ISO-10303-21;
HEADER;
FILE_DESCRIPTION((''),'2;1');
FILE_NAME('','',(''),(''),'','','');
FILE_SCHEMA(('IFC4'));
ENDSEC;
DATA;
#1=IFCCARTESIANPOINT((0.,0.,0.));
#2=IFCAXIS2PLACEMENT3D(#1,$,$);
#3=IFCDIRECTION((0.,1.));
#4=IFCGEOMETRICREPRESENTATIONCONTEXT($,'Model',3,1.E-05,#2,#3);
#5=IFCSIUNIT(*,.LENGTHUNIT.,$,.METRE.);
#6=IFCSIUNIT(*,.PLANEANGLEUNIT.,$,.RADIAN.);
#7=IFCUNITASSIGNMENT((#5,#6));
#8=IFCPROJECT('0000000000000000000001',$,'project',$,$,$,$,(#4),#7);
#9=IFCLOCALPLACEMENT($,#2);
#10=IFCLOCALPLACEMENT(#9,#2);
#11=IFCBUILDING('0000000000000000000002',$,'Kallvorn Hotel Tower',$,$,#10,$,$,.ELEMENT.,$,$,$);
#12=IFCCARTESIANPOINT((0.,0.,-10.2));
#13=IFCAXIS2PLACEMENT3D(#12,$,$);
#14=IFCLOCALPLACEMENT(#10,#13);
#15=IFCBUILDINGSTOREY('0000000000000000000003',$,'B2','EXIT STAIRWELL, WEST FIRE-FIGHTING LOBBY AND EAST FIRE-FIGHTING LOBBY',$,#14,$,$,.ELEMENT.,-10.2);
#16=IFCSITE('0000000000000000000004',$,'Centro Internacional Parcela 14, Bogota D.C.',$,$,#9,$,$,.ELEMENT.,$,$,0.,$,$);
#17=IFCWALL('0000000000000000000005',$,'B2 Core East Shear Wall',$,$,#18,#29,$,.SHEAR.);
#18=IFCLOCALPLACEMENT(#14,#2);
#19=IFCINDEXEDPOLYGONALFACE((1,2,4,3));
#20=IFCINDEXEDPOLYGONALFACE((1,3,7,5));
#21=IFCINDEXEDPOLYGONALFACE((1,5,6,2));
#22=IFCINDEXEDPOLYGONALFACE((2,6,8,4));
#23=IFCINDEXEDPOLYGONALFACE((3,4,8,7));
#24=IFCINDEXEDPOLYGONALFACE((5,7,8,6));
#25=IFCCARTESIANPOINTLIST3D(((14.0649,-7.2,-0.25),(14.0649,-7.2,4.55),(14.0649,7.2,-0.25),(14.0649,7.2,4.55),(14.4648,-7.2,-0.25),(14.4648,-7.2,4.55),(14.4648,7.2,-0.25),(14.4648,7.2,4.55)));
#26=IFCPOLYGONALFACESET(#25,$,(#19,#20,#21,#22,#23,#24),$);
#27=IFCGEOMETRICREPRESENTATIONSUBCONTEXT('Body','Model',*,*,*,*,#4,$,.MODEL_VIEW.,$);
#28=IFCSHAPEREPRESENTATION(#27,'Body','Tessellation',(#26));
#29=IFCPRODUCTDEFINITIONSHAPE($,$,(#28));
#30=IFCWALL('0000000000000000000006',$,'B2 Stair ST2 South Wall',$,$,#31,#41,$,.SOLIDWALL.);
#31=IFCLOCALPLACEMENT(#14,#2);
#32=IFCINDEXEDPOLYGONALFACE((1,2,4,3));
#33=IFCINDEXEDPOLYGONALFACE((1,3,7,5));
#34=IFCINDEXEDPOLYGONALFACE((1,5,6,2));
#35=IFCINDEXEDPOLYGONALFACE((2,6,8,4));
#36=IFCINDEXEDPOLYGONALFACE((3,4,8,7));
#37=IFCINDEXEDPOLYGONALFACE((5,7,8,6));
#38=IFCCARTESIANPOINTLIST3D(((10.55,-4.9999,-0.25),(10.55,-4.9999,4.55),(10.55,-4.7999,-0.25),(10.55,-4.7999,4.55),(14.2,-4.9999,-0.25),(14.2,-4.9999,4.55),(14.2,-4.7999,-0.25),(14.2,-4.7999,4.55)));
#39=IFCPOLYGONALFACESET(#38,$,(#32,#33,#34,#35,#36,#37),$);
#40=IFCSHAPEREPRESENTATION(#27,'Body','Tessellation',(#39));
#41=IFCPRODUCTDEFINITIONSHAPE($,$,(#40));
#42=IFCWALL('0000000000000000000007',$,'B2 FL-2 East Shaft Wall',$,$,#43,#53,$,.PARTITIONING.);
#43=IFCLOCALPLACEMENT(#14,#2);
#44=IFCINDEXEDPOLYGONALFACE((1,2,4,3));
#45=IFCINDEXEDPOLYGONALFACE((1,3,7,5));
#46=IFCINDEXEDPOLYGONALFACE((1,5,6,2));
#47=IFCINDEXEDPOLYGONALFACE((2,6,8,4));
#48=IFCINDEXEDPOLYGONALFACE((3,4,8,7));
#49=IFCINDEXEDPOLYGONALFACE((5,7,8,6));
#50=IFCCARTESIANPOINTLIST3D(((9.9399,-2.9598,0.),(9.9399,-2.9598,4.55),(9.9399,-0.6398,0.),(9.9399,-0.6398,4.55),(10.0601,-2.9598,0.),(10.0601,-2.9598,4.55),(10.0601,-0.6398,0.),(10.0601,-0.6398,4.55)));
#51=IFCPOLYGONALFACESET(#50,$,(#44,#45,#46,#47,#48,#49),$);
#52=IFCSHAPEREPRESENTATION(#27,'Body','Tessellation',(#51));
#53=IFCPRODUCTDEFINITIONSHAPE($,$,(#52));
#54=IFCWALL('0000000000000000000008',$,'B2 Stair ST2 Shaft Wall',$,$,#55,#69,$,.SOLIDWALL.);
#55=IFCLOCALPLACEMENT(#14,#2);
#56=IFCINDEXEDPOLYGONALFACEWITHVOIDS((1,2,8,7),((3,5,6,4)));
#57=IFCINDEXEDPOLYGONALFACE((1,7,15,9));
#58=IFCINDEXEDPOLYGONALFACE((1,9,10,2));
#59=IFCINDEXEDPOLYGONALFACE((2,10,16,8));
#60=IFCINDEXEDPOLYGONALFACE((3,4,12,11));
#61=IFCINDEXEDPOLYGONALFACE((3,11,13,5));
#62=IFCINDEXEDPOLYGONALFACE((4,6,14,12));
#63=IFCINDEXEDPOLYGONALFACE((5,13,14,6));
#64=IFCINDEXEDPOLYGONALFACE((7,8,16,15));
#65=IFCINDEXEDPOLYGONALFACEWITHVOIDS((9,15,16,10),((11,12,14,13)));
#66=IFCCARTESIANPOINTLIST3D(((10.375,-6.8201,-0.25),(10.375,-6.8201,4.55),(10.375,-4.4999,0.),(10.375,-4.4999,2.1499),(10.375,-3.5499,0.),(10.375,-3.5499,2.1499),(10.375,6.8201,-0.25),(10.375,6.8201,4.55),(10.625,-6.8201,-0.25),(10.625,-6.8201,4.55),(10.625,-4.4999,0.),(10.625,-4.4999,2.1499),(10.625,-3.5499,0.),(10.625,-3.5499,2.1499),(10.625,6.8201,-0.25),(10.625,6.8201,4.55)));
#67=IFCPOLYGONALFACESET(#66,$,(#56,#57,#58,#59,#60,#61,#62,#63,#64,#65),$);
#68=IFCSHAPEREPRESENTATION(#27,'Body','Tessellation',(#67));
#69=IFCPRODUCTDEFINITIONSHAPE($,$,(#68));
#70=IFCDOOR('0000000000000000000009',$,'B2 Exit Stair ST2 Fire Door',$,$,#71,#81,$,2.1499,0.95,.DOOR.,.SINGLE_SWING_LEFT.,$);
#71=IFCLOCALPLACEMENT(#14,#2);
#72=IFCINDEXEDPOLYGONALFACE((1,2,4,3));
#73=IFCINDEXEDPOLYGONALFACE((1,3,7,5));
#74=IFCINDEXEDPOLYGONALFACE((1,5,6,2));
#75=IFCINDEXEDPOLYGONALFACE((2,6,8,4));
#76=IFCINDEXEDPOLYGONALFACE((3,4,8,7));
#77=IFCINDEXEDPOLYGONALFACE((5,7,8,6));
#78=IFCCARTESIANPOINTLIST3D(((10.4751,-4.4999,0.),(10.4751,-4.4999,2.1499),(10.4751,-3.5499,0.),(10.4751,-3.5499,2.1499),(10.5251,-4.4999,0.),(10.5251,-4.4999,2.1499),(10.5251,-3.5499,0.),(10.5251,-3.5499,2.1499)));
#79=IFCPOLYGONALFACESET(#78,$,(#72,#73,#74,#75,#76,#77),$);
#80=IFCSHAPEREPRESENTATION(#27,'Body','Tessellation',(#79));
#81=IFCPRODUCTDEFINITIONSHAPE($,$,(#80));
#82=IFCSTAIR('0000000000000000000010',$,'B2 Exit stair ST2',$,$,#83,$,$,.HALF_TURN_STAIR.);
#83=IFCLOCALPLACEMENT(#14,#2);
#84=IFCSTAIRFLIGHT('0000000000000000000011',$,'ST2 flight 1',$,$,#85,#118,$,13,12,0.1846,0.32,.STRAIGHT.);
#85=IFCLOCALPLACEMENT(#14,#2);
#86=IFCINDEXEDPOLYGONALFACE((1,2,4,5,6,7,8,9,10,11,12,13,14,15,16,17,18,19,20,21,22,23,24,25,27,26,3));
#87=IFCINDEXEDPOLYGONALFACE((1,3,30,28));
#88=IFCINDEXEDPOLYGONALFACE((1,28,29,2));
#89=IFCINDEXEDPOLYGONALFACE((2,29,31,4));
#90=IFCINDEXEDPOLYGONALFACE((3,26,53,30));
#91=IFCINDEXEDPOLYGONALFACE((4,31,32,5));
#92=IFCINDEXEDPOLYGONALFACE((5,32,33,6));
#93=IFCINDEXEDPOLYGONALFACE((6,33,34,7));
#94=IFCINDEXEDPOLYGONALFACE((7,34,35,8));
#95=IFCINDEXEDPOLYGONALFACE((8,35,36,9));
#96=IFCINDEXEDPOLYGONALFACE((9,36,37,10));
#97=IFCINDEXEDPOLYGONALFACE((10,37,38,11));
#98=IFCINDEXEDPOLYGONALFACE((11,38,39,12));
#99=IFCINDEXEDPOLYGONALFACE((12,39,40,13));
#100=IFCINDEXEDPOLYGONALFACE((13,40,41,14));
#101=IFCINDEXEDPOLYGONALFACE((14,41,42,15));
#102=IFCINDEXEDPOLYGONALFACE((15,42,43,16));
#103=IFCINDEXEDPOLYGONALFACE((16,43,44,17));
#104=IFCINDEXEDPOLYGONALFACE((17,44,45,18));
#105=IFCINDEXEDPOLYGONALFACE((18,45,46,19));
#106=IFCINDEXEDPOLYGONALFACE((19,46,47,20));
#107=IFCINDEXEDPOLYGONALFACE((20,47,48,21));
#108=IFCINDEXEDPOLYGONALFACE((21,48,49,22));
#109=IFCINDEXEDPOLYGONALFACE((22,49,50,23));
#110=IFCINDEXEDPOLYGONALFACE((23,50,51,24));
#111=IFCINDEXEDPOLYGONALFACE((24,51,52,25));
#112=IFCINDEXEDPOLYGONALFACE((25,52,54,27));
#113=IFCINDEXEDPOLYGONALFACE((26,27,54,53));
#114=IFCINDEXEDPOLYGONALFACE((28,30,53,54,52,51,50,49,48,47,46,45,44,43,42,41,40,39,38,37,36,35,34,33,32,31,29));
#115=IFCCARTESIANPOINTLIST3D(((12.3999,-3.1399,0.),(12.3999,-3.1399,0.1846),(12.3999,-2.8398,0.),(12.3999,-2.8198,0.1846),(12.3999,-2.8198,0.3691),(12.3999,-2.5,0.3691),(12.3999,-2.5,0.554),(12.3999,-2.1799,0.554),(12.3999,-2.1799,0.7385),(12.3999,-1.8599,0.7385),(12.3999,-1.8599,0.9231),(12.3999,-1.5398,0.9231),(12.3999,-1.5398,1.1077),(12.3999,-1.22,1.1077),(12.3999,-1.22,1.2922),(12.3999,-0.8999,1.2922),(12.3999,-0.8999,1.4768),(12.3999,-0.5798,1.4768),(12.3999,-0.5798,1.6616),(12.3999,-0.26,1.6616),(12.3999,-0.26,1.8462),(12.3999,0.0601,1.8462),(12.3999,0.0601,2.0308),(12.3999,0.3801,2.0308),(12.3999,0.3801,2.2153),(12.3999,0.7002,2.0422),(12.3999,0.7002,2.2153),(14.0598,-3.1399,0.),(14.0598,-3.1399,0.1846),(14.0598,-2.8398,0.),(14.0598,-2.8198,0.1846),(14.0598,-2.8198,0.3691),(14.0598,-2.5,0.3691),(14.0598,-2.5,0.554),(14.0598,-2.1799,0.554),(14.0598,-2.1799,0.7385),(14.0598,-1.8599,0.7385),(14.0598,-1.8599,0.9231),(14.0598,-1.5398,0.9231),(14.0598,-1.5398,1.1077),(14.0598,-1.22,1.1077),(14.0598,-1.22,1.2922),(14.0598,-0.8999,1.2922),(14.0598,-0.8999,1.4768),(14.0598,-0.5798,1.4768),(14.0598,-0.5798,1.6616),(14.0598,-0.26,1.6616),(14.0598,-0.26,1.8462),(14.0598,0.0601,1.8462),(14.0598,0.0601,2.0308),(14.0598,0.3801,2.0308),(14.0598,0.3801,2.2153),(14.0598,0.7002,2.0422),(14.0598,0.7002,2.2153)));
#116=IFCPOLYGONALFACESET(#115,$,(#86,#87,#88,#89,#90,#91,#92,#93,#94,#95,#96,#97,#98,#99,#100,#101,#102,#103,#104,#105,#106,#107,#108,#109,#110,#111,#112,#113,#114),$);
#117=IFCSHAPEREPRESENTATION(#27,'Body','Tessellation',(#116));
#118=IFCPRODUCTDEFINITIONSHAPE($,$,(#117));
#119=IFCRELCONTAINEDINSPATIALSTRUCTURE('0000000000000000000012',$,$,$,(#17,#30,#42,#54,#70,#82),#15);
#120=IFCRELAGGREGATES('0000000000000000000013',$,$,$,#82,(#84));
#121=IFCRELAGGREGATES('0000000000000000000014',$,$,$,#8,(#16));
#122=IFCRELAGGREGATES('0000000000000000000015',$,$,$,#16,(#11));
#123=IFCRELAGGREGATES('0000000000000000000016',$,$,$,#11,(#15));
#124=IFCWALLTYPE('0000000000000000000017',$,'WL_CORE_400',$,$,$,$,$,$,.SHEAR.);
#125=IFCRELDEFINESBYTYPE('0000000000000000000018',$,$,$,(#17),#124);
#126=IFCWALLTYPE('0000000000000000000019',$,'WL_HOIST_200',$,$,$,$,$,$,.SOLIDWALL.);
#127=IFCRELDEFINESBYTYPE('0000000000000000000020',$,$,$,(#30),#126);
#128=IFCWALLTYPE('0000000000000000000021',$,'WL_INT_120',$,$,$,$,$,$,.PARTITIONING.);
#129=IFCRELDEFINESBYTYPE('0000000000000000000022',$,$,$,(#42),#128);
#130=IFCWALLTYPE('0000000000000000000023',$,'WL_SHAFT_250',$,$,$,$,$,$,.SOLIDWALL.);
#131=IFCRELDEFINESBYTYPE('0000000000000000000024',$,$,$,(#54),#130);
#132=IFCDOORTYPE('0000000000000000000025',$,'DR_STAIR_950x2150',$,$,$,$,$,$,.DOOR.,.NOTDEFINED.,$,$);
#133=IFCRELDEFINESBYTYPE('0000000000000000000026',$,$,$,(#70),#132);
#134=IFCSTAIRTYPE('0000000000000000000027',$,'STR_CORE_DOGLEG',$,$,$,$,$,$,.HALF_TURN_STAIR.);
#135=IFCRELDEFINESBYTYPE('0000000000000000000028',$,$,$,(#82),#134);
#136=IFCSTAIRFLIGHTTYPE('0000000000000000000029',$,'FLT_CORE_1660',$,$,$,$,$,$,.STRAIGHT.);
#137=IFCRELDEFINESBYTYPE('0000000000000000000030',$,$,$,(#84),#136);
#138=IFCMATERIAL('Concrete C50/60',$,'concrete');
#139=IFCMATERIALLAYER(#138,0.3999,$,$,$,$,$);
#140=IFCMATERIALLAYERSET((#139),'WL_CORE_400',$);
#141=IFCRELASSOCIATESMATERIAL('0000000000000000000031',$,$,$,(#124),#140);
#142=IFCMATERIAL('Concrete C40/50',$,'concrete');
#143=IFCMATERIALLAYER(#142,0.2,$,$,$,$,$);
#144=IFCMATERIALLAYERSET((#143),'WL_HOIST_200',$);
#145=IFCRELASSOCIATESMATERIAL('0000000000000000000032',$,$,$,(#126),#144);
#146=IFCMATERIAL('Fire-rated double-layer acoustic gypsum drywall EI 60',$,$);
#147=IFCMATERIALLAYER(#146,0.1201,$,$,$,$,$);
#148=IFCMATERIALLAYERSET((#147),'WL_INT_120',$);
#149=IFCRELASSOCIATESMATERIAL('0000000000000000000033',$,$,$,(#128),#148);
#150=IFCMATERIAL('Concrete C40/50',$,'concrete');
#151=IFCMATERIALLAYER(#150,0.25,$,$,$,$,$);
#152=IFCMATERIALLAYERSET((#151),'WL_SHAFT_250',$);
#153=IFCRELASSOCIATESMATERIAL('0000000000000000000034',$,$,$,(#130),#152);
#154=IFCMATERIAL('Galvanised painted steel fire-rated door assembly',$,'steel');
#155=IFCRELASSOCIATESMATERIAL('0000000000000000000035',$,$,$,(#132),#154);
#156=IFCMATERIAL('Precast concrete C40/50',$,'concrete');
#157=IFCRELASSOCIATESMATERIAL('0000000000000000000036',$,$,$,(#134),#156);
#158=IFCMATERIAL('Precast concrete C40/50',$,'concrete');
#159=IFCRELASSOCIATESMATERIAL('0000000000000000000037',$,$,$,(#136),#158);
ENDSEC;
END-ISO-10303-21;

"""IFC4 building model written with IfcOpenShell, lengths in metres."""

from ifc_helpers import new_model, si_unit, direction, frame, frame_2d, origin, place, context, subcontext, project, spatial, polyline, rectangle, outline, extrude, material, layer, layer_set, type_object, element, fill, aggregate, save


model = new_model("IFC4")

# Units and contexts
model_context = context("Model", 3, precision=1e-05, world=origin(), true_north=direction((0.0, 1.0)))
body_context = subcontext(model_context, "Body", "Model", "MODEL_VIEW")
ifc_project = project(units=[si_unit("LENGTHUNIT", "METRE"), si_unit("PLANEANGLEUNIT", "RADIAN")], contexts=[model_context])

# Site, building, storey
site_placement = place(None, origin())
site = spatial("IfcSite", under=ifc_project, at=site_placement, Name="Centro Internacional Parcela 14, Bogota D.C.", CompositionType="ELEMENT", RefElevation=0.0)
building_placement = place(site_placement, origin())
building = spatial("IfcBuilding", under=site, at=building_placement, Name="Kallvorn Hotel Tower", CompositionType="ELEMENT")
storey_placement = place(building_placement, frame((0.0, 0.0, -10.2)))
storey = spatial("IfcBuildingStorey", under=building, at=storey_placement, Name="B2", Description="EXIT STAIRWELL, WEST FIRE-FIGHTING LOBBY AND EAST FIRE-FIGHTING LOBBY", CompositionType="ELEMENT", Elevation=-10.2)

# Walls
ifc_material_1 = material(Name="Concrete C50/60", Category="concrete")
ifc_layer_1 = layer(ifc_material_1, 0.3999)
ifc_layer_set_1 = layer_set([ifc_layer_1], Name="WL_CORE_400")
wall_type_1 = type_object("IfcWallType", Name="WL_CORE_400", PredefinedType="SHEAR", material=ifc_layer_set_1)
wall_1_placement = place(storey_placement, frame((14.2649, -7.2, -0.25), z_axis=(0.0, 0.0, 1.0), x_axis=(0.0, 1.0, 0.0)))
element("IfcWall", 1, at=wall_1_placement, inside=storey, type_object=wall_type_1, Name="B2 Core East Shear Wall", PredefinedType="SHEAR", context=body_context, shape_type="SweptSolid", body=[
    extrude(rectangle(XDim=14.3999, YDim=0.3999, at=frame_2d((7.2, 0.0))), origin(), (0.0, 0.0, 1.0), 4.8),
])
ifc_material_2 = material(Name="Concrete C40/50", Category="concrete")
ifc_layer_2 = layer(ifc_material_2, 0.2)
ifc_layer_set_2 = layer_set([ifc_layer_2], Name="WL_HOIST_200")
wall_type_2 = type_object("IfcWallType", Name="WL_HOIST_200", PredefinedType="SOLIDWALL", material=ifc_layer_set_2)
wall_2_placement = place(storey_placement, frame((10.55, -4.8999, -0.25), z_axis=(0.0, 0.0, 1.0), x_axis=(1.0, 0.0, 0.0)))
element("IfcWall", 2, at=wall_2_placement, inside=storey, type_object=wall_type_2, Name="B2 Stair ST2 South Wall", PredefinedType="SOLIDWALL", context=body_context, shape_type="SweptSolid", body=[
    extrude(rectangle(XDim=3.6499, YDim=0.2, at=frame_2d((1.825, 0.0))), origin(), (0.0, 0.0, 1.0), 4.8),
])
ifc_material_3 = material(Name="Fire-rated double-layer acoustic gypsum drywall EI 60")
ifc_layer_3 = layer(ifc_material_3, 0.1201)
ifc_layer_set_3 = layer_set([ifc_layer_3], Name="WL_INT_120")
wall_type_3 = type_object("IfcWallType", Name="WL_INT_120", PredefinedType="PARTITIONING", material=ifc_layer_set_3)
wall_3_placement = place(storey_placement, frame((10.0, -2.96, 0.0), z_axis=(0.0, 0.0, 1.0), x_axis=(0.0, 1.0, 0.0)))
element("IfcWall", 3, at=wall_3_placement, inside=storey, type_object=wall_type_3, Name="B2 FL-2 East Shaft Wall", PredefinedType="PARTITIONING", context=body_context, shape_type="SweptSolid", body=[
    extrude(rectangle(XDim=2.3201, YDim=0.1201, at=frame_2d((1.1602, 0.0))), origin(), (0.0, 0.0, 1.0), 4.55),
])

# Wall, opening, door
ifc_material_4 = material(Name="Concrete C40/50", Category="concrete")
ifc_layer_4 = layer(ifc_material_4, 0.25)
ifc_layer_set_4 = layer_set([ifc_layer_4], Name="WL_SHAFT_250")
wall_type_4 = type_object("IfcWallType", Name="WL_SHAFT_250", PredefinedType="SOLIDWALL", material=ifc_layer_set_4)
wall_4_placement = place(storey_placement, frame((10.5, -6.8201, -0.25), z_axis=(0.0, 0.0, 1.0), x_axis=(0.0, 1.0, 0.0)))
wall_4 = element("IfcWall", 4, at=wall_4_placement, inside=storey, type_object=wall_type_4, Name="B2 Stair ST2 Shaft Wall", PredefinedType="SOLIDWALL", context=body_context, shape_type="SweptSolid", body=[
    extrude(rectangle(XDim=13.6401, YDim=0.25, at=frame_2d((6.8201, 0.0))), origin(), (0.0, 0.0, 1.0), 4.8),
])
opening_placement = place(wall_4_placement, frame((2.3201, 0.0, 0.25)))
opening = element("IfcOpeningElement", 5, at=opening_placement, cuts=wall_4, PredefinedType="OPENING", context=body_context, shape_type="SweptSolid", body=[
    extrude(rectangle(XDim=0.95, YDim=2.1499, at=frame_2d((0.4751, 1.075))), frame((0.0, 0.1399, 0.0), z_axis=(0.0, -1.0, 0.0), x_axis=(1.0, 0.0, 0.0)), (0.0, 0.0, 1.0), 0.28),
])
ifc_material_5 = material(Name="Galvanised painted steel fire-rated door assembly", Category="steel")
door_type = type_object("IfcDoorType", Name="DR_STAIR_950x2150", OperationType="NOTDEFINED", PredefinedType="DOOR", material=ifc_material_5)
door_placement = place(opening_placement, origin())
door = element("IfcDoor", 6, at=door_placement, inside=storey, type_object=door_type, Name="B2 Exit Stair ST2 Fire Door", OperationType="SINGLE_SWING_LEFT", OverallHeight=2.1499, OverallWidth=0.95, PredefinedType="DOOR", context=body_context, shape_type="SweptSolid", body=[
    extrude(rectangle(XDim=0.95, YDim=2.1499, at=frame_2d((0.4751, 1.075))), frame((0.0, 0.0249, 0.0), z_axis=(0.0, -1.0, 0.0), x_axis=(1.0, 0.0, 0.0)), (0.0, 0.0, 1.0), 0.05),
])
fill(opening, door)

# Stair, stair flight
ifc_material_6 = material(Name="Precast concrete C40/50", Category="concrete")
stair_type = type_object("IfcStairType", Name="STR_CORE_DOGLEG", PredefinedType="HALF_TURN_STAIR", material=ifc_material_6)
stair_placement = place(storey_placement, origin())
stair = element("IfcStair", 7, at=stair_placement, inside=storey, type_object=stair_type, Name="B2 Exit stair ST2", PredefinedType="HALF_TURN_STAIR")
ifc_material_7 = material(Name="Precast concrete C40/50", Category="concrete")
stair_flight_type = type_object("IfcStairFlightType", Name="FLT_CORE_1660", PredefinedType="STRAIGHT", material=ifc_material_7)
stair_flight_placement = place(storey_placement, frame((13.23, -3.1399, 0.0), z_axis=(0.0, 0.0, 1.0), x_axis=(0.0, 1.0, 0.0)))
stair_flight = element("IfcStairFlight", 8, at=stair_flight_placement, type_object=stair_flight_type, Name="ST2 flight 1", NumberOfRisers=13, NumberOfTreads=12, PredefinedType="STRAIGHT", RiserHeight=0.1846, TreadLength=0.32, context=body_context, shape_type="SweptSolid", body=[
    extrude(outline(polyline([(0.0, 0.0), (0.0, 0.1846), (0.3201, 0.1846), (0.3201, 0.3691), (0.6399, 0.3691), (0.6399, 0.554), (0.96, 0.554), (0.96, 0.7385), (1.28, 0.7385), (1.28, 0.9231), (1.6001, 0.9231), (1.6001, 1.1077), (1.9199, 1.1077), (1.9199, 1.2922), (2.24, 1.2922), (2.24, 1.4768), (2.5601, 1.4768), (2.5601, 1.6616), (2.8799, 1.6616), (2.8799, 1.8462), (3.2, 1.8462), (3.2, 2.0308), (3.52, 2.0308), (3.52, 2.2153), (3.8401, 2.2153), (3.8401, 2.3999), (3.8401, 2.0422), (0.3, 0.0), (0.0, 0.0)])), frame((0.0, 0.8301, 0.0), z_axis=(0.0, -1.0, 0.0), x_axis=(1.0, 0.0, 0.0)), (0.0, 0.0, 1.0), 1.6599),
])
aggregate(stair, [stair_flight])

save(model, "model.ifc")
